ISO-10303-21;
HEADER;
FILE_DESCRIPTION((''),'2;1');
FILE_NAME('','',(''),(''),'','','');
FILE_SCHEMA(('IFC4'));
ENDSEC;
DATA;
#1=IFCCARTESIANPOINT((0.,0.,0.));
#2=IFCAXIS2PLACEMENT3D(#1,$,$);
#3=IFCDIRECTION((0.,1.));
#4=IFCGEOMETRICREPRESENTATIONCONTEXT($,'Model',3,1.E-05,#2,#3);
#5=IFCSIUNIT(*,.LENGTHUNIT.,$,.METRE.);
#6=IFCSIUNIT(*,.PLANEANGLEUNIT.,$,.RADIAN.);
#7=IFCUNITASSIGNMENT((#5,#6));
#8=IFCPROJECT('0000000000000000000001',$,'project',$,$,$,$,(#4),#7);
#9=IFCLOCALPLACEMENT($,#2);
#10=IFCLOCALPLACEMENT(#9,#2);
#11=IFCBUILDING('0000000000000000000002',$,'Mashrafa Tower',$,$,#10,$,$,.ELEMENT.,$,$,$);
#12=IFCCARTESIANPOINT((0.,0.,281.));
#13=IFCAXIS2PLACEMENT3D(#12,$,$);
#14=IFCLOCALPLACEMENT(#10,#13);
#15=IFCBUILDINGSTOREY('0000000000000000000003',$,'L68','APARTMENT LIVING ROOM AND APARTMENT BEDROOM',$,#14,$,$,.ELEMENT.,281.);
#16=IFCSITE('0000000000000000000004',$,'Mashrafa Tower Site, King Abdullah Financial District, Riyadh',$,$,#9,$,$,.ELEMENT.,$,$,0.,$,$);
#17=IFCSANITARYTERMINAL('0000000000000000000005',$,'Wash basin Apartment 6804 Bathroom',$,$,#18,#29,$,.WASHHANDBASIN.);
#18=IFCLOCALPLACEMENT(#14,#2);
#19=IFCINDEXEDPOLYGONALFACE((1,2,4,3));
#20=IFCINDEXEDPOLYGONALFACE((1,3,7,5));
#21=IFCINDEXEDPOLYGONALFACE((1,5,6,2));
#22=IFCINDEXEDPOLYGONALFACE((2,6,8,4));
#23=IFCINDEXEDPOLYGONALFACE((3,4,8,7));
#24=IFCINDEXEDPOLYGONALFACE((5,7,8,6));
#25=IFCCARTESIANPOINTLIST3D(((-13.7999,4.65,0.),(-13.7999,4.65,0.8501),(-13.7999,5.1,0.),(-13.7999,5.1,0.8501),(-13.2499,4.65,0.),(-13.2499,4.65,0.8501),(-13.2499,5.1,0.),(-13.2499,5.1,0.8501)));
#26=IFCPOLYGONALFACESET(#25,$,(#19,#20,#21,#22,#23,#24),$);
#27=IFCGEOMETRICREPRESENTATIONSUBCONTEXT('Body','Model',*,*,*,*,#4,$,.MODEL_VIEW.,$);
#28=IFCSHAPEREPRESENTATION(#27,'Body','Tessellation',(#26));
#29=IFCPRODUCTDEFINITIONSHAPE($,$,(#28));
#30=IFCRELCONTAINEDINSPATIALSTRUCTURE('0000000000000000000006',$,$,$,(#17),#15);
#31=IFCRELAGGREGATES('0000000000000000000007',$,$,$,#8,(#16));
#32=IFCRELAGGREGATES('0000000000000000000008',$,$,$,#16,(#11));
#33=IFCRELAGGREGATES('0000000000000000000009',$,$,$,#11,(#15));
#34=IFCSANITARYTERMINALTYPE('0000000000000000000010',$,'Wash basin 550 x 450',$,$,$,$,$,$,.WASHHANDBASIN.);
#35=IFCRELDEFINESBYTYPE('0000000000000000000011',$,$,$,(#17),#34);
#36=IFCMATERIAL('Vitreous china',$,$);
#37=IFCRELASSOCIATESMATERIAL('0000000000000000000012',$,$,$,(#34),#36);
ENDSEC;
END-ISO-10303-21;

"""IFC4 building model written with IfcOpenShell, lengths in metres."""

from ifc_helpers import new_model, si_unit, direction, frame, origin, origin_2d, place, context, subcontext, project, spatial, rectangle, extrude, material, type_object, element, save


model = new_model("IFC4")

# Units and contexts
model_context = context("Model", 3, precision=1e-05, world=origin(), true_north=direction((0.0, 1.0)))
body_context = subcontext(model_context, "Body", "Model", "MODEL_VIEW")
ifc_project = project(units=[si_unit("LENGTHUNIT", "METRE"), si_unit("PLANEANGLEUNIT", "RADIAN")], contexts=[model_context])

# Site, building, storey
site_placement = place(None, origin())
site = spatial("IfcSite", under=ifc_project, at=site_placement, Name="Mashrafa Tower Site, King Abdullah Financial District, Riyadh", CompositionType="ELEMENT", RefElevation=0.0)
building_placement = place(site_placement, origin())
building = spatial("IfcBuilding", under=site, at=building_placement, Name="Mashrafa Tower", CompositionType="ELEMENT")
storey_placement = place(building_placement, frame((0.0, 0.0, 281.0)))
storey = spatial("IfcBuildingStorey", under=building, at=storey_placement, Name="L68", Description="APARTMENT LIVING ROOM AND APARTMENT BEDROOM", CompositionType="ELEMENT", Elevation=281.0)

# Sanitary terminal
ifc_material_1 = material(Name="Vitreous china")
sanitary_terminal_type_1 = type_object("IfcSanitaryTerminalType", Name="Wash basin 550 x 450", PredefinedType="WASHHANDBASIN", material=ifc_material_1)
sanitary_terminal_1_placement = place(storey_placement, frame((-13.5249, 4.875, 0.0), z_axis=(0.0, 0.0, 1.0), x_axis=(1.0, 0.0, 0.0)))
element("IfcSanitaryTerminal", 1, at=sanitary_terminal_1_placement, inside=storey, type_object=sanitary_terminal_type_1, Name="Wash basin Apartment 6804 Bathroom", PredefinedType="WASHHANDBASIN", context=body_context, shape_type="SweptSolid", body=[
    extrude(rectangle(XDim=0.55, YDim=0.45, at=origin_2d()), origin(), (0.0, 0.0, 1.0), 0.8501),
])

save(model, "model.ifc")
